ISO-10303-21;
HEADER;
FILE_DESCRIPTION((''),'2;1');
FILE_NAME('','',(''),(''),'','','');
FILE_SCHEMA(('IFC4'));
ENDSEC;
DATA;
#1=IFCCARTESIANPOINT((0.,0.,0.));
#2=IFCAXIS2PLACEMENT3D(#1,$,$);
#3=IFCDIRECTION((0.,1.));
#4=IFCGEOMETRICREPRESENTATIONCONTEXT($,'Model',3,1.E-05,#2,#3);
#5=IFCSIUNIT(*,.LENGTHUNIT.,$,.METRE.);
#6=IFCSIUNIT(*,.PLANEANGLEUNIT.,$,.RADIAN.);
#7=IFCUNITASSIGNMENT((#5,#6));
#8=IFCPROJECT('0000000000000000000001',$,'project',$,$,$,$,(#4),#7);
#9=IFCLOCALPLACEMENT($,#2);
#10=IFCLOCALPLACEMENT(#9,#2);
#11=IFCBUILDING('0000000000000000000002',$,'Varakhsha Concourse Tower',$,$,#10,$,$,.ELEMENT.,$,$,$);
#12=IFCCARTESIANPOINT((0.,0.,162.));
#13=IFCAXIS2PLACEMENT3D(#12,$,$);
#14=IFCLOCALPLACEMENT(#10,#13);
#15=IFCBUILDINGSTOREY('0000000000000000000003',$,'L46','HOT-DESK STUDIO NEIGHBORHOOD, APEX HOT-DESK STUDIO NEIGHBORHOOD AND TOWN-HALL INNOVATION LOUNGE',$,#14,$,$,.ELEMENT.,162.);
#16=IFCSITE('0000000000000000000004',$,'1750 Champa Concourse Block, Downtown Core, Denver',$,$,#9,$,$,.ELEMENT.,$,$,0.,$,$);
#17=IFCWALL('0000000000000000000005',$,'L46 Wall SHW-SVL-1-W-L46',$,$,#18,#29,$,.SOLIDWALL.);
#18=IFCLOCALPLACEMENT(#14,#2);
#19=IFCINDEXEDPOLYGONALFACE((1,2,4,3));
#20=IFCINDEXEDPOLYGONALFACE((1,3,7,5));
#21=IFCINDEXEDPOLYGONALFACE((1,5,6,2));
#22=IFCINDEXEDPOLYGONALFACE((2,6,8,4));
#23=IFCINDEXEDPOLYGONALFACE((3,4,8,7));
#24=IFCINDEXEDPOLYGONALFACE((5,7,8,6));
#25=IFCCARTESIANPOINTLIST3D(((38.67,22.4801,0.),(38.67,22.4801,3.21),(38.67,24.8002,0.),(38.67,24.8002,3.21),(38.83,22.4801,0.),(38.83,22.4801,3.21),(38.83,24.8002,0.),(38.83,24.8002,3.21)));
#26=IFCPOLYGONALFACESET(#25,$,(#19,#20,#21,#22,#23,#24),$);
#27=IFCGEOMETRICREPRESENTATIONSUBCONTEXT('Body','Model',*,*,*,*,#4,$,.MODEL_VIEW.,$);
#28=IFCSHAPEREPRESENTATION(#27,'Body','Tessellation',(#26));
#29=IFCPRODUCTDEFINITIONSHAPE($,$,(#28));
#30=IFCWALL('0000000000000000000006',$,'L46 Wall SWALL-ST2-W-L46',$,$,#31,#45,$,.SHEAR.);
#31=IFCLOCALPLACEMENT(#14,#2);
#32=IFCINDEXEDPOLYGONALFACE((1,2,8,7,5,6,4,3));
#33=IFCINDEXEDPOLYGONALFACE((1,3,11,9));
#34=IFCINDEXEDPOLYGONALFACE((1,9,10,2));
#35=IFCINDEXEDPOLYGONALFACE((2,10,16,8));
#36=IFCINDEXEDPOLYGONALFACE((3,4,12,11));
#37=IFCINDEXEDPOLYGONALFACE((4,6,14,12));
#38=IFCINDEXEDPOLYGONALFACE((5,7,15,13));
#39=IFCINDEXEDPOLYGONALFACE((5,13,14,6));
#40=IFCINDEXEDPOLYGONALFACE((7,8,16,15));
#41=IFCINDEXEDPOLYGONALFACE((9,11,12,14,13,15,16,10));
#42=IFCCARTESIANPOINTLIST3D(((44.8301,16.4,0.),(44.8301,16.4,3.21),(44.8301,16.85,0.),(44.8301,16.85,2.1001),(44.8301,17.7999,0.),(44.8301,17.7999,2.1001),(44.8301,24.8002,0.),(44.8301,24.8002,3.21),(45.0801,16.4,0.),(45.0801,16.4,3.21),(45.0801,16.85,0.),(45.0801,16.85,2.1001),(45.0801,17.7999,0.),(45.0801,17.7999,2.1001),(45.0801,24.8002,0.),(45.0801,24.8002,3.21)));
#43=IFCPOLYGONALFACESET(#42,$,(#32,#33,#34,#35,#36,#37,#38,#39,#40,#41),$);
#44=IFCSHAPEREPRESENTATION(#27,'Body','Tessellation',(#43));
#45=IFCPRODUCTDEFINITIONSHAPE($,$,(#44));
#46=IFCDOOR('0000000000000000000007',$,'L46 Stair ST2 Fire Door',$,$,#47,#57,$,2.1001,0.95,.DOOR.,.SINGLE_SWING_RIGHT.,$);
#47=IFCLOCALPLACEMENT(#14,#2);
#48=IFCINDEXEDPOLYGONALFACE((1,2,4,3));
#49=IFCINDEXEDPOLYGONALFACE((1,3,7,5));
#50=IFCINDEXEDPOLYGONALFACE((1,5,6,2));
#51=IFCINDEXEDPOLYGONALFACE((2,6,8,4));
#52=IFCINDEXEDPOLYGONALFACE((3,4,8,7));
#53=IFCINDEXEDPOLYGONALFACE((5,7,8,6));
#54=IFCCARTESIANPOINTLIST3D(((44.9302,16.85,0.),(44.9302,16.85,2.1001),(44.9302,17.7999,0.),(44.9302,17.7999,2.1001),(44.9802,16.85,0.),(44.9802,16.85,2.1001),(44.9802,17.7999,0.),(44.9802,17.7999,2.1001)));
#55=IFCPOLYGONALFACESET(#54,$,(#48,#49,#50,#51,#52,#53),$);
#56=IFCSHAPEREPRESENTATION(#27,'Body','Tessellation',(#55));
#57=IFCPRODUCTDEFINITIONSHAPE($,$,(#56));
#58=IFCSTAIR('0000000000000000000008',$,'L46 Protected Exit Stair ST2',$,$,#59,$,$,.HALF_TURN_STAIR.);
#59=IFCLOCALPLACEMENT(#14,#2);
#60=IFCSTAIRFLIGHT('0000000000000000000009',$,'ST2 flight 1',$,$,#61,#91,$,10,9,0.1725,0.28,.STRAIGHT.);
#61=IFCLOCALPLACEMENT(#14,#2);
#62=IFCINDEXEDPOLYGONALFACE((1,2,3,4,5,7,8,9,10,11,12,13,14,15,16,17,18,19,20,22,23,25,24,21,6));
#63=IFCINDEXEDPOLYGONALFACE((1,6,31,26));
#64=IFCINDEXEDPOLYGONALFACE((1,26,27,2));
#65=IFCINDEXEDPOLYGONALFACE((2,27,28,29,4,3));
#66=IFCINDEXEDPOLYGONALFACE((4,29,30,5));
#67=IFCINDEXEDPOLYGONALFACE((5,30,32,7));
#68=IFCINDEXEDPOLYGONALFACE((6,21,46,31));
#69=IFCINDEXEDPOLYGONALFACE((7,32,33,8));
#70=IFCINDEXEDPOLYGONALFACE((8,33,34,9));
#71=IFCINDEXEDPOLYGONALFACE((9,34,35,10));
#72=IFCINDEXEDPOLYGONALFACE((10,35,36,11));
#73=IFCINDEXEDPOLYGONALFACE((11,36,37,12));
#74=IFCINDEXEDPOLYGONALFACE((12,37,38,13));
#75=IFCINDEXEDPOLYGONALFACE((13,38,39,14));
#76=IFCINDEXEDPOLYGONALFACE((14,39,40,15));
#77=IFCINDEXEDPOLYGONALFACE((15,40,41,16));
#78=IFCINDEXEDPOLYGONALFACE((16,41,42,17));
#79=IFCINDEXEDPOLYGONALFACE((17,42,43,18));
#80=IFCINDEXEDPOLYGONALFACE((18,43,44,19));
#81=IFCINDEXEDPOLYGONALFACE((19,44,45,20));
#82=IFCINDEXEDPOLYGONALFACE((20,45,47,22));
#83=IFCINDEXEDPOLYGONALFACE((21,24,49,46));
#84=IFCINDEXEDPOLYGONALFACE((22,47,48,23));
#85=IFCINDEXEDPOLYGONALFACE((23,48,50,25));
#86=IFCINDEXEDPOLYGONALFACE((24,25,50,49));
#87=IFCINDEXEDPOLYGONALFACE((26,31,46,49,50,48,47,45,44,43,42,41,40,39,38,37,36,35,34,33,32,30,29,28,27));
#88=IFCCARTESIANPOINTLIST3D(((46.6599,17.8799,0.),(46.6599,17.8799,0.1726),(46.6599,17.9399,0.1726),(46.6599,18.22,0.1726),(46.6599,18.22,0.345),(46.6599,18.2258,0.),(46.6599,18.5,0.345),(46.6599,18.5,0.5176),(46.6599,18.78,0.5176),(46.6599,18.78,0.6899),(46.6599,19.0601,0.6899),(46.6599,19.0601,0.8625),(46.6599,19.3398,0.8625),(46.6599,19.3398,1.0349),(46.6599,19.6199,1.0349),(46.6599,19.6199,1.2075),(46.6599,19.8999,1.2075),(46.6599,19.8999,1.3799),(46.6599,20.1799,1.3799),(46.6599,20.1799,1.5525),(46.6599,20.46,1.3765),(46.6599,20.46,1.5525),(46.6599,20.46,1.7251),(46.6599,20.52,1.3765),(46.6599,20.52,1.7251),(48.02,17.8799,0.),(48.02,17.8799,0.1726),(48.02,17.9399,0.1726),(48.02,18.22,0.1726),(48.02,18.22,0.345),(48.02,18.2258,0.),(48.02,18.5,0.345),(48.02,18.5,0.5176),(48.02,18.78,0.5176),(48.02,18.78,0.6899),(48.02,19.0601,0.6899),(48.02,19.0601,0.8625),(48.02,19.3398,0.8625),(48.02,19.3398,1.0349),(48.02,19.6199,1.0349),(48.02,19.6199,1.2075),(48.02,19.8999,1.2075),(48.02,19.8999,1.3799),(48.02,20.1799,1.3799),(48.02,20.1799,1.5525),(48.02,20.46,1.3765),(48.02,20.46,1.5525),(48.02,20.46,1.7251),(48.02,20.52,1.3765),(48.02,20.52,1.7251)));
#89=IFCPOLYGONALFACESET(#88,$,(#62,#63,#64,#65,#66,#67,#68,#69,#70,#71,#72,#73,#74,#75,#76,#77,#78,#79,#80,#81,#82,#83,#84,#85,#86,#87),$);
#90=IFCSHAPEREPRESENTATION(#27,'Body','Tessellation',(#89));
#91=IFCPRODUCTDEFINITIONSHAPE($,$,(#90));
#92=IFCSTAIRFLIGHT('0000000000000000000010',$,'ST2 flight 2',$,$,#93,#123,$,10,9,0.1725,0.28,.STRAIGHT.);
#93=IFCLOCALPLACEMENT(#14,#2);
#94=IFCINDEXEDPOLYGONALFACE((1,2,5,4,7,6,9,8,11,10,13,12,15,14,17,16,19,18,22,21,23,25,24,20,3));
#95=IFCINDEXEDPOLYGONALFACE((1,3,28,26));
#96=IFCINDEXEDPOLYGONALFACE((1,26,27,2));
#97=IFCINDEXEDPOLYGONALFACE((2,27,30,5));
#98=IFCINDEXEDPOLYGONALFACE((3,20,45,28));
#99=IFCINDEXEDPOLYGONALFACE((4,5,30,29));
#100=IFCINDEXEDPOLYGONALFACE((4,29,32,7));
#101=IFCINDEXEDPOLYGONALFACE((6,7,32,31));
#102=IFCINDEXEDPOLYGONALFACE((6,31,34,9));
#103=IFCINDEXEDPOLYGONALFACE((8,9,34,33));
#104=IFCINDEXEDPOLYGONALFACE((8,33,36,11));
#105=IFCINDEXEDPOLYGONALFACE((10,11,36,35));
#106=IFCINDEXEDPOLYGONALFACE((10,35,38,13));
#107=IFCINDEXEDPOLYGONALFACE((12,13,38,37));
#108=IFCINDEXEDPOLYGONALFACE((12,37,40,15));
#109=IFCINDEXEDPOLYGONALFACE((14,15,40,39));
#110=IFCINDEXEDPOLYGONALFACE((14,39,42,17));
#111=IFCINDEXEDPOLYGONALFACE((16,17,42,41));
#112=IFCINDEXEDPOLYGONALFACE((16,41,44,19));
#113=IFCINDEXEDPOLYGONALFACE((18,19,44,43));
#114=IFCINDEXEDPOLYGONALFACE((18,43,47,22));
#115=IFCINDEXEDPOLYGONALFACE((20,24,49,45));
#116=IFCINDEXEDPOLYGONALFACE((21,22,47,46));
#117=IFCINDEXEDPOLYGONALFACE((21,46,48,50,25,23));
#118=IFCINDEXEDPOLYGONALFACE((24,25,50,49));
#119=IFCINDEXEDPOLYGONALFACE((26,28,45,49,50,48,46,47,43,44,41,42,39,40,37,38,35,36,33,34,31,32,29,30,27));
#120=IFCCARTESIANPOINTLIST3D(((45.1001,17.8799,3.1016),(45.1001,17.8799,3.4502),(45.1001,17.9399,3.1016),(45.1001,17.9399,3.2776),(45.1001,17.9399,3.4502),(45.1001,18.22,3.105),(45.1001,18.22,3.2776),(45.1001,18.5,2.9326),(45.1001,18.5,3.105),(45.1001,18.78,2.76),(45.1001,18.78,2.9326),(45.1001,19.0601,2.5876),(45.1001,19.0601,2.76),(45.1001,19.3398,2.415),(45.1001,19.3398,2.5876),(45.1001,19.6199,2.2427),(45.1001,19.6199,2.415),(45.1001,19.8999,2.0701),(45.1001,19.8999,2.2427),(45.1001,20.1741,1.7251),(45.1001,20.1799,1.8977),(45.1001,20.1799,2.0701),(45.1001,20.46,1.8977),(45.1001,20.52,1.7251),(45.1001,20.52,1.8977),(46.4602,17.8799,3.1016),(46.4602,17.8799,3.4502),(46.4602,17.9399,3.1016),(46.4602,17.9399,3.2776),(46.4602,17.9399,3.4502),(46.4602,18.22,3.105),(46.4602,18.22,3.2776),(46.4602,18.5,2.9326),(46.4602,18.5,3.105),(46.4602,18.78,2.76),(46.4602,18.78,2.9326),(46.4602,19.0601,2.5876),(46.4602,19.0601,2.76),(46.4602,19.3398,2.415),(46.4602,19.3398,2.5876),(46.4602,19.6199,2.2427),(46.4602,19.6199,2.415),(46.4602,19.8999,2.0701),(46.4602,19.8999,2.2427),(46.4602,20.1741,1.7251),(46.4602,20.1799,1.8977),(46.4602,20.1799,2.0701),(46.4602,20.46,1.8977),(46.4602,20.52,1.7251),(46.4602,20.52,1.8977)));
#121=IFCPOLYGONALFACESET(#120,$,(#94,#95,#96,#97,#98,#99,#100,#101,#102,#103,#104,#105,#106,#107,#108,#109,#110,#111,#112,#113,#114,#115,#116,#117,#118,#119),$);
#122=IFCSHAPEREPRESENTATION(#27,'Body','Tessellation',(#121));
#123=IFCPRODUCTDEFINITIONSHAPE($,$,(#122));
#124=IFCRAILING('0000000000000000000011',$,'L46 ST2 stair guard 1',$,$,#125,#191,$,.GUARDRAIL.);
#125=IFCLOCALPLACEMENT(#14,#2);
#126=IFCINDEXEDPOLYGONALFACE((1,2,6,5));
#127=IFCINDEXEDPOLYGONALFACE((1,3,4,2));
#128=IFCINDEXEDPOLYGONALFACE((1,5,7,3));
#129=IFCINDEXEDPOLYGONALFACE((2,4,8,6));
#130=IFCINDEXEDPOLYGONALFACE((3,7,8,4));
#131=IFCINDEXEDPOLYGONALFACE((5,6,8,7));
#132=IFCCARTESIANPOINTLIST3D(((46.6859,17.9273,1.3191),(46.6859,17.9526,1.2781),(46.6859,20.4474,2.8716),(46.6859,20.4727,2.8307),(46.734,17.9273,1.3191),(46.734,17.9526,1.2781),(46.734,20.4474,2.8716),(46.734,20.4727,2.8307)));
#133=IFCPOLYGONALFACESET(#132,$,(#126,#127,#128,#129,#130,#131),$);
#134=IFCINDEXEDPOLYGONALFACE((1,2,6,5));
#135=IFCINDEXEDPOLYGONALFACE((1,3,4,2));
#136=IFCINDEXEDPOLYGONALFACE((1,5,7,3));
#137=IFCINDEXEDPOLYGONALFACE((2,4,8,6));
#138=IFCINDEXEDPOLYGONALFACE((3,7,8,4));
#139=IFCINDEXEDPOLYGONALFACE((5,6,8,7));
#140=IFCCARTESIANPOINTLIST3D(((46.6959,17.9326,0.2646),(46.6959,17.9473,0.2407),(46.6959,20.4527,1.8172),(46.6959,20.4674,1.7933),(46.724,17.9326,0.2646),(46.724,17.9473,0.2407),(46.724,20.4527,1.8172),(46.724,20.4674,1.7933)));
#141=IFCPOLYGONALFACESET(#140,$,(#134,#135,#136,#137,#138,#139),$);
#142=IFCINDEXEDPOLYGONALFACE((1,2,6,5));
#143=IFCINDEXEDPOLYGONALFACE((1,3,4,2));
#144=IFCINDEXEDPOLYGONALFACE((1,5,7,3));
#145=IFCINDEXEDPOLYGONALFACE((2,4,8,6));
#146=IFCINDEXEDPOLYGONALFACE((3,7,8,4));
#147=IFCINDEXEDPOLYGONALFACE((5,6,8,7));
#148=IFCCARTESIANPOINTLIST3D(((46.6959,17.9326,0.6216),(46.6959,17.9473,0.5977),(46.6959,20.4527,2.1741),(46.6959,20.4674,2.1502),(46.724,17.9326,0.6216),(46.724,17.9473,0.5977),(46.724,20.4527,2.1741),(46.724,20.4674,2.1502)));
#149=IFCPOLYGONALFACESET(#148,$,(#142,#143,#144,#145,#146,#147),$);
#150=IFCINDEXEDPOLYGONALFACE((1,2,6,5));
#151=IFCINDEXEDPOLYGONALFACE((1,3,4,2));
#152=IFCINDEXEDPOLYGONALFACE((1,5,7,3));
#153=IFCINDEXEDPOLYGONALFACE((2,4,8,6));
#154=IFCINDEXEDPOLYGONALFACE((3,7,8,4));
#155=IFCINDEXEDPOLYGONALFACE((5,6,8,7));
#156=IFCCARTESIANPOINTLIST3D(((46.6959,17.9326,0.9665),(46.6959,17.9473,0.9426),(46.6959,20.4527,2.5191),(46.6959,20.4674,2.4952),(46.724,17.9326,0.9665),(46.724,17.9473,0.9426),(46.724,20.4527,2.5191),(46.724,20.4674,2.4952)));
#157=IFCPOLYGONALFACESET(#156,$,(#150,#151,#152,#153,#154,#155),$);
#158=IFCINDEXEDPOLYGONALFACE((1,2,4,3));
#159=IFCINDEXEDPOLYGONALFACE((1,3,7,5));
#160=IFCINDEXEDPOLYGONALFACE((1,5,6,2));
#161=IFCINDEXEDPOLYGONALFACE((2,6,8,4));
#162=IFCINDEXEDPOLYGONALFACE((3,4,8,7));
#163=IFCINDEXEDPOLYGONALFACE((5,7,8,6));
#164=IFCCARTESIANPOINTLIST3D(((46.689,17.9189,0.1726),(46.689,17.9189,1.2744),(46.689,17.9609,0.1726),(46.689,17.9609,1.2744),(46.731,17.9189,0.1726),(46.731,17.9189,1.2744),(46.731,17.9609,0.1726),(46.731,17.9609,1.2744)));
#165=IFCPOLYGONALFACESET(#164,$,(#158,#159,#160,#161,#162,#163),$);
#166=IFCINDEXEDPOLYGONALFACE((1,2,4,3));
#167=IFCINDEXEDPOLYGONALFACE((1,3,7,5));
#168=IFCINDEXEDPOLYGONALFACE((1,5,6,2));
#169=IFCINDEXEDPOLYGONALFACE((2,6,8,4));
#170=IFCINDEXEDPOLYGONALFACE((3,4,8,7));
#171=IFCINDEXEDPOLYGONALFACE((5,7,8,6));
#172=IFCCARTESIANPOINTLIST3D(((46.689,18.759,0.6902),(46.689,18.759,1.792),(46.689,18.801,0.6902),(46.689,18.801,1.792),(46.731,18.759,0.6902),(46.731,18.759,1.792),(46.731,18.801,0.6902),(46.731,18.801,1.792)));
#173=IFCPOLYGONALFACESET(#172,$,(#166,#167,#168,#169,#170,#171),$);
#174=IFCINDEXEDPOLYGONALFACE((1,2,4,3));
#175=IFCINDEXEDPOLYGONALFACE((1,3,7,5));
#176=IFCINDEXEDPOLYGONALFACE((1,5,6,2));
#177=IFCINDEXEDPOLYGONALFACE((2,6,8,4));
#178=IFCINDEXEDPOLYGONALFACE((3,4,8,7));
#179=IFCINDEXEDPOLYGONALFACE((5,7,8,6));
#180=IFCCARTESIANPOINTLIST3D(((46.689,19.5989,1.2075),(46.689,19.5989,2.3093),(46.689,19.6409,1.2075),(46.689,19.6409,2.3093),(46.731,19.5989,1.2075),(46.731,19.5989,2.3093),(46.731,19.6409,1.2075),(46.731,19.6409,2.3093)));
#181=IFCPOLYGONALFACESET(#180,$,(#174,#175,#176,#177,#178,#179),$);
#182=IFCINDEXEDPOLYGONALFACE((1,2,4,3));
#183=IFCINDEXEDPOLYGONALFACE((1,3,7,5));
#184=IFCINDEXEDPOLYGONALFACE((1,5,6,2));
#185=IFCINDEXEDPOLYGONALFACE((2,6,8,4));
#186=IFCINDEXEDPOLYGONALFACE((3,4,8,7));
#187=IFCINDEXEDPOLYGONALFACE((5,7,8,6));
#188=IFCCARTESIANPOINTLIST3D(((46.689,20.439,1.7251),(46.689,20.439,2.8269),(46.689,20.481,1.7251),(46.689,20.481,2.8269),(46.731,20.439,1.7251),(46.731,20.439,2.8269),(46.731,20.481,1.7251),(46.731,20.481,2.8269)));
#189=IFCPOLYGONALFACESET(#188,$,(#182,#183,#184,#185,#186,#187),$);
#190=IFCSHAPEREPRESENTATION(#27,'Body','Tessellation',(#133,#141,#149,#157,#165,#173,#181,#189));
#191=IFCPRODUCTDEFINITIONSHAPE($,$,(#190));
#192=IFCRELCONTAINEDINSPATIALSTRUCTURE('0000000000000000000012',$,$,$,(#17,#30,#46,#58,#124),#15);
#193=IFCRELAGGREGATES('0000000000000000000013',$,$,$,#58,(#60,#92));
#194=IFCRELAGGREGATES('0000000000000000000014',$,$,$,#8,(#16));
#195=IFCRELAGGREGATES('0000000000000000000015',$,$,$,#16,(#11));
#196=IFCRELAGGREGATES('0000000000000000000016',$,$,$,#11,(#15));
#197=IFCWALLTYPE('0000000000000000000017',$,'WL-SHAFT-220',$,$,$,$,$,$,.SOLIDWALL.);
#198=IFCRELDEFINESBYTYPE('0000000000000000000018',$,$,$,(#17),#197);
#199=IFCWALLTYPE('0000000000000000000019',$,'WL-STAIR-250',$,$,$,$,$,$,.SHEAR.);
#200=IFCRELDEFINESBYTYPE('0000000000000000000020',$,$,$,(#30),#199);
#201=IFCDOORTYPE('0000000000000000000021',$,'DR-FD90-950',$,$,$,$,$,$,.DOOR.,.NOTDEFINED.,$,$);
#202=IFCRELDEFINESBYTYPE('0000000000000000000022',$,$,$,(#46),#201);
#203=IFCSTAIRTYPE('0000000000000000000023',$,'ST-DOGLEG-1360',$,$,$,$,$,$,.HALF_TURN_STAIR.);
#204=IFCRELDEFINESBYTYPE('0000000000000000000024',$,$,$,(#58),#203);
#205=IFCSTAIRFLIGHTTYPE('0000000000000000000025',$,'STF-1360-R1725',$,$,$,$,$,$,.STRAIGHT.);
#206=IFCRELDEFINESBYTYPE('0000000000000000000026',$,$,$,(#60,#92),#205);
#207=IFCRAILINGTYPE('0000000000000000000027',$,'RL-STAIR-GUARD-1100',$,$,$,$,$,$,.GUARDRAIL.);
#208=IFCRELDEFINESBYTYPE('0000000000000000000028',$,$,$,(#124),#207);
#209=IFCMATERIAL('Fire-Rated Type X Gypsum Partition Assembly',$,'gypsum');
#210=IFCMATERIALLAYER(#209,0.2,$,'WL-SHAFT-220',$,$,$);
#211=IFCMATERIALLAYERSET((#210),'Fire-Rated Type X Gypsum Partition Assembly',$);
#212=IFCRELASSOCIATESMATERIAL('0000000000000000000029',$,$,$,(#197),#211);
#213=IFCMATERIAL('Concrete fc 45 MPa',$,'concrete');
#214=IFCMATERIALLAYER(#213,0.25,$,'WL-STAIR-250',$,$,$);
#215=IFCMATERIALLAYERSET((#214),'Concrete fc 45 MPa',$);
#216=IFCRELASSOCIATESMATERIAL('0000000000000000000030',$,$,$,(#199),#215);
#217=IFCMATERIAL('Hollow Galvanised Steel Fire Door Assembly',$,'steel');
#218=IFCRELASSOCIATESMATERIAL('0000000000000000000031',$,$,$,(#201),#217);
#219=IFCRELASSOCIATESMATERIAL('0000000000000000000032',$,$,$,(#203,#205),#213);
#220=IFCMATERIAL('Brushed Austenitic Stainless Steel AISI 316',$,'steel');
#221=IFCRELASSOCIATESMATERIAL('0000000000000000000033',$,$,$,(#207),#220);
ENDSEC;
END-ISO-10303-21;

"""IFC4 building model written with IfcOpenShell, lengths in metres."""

from ifc_helpers import new_model, si_unit, direction, frame, frame_2d, origin, origin_2d, place, context, subcontext, project, spatial, polyline, rectangle, outline, extrude, material, layer, layer_set, type_object, element, fill, aggregate, save


model = new_model("IFC4")

# Units and contexts
model_context = context("Model", 3, precision=1e-05, world=origin(), true_north=direction((0.0, 1.0)))
body_context = subcontext(model_context, "Body", "Model", "MODEL_VIEW")
ifc_project = project(units=[si_unit("LENGTHUNIT", "METRE"), si_unit("PLANEANGLEUNIT", "RADIAN")], contexts=[model_context])

# Site, building, storey
site_placement = place(None, origin())
site = spatial("IfcSite", under=ifc_project, at=site_placement, Name="1750 Champa Concourse Block, Downtown Core, Denver", CompositionType="ELEMENT", RefElevation=0.0)
building_placement = place(site_placement, origin())
building = spatial("IfcBuilding", under=site, at=building_placement, Name="Varakhsha Concourse Tower", CompositionType="ELEMENT")
storey_placement = place(building_placement, frame((0.0, 0.0, 162.0)))
storey = spatial("IfcBuildingStorey", under=building, at=storey_placement, Name="L46", Description="HOT-DESK STUDIO NEIGHBORHOOD, APEX HOT-DESK STUDIO NEIGHBORHOOD AND TOWN-HALL INNOVATION LOUNGE", CompositionType="ELEMENT", Elevation=162.0)

# Shared definitions
ifc_material_1 = material(Name="Fire-Rated Type X Gypsum Partition Assembly", Category="gypsum")
ifc_material_2 = material(Name="Hollow Galvanised Steel Fire Door Assembly", Category="steel")

# Wall
ifc_layer_1 = layer(ifc_material_1, 0.2, Name="WL-SHAFT-220")
ifc_layer_set_1 = layer_set([ifc_layer_1], Name="Fire-Rated Type X Gypsum Partition Assembly")
wall_type_1 = type_object("IfcWallType", Name="WL-SHAFT-220", PredefinedType="SOLIDWALL", material=ifc_layer_set_1)
wall_1_placement = place(storey_placement, frame((38.75, 22.48, 0.0), z_axis=(0.0, 0.0, 1.0), x_axis=(0.0, 1.0, 0.0)))
element("IfcWall", 1, at=wall_1_placement, inside=storey, type_object=wall_type_1, Name="L46 Wall SHW-SVL-1-W-L46", PredefinedType="SOLIDWALL", context=body_context, shape_type="SweptSolid", body=[
    extrude(rectangle(XDim=2.3201, YDim=0.1599, at=frame_2d((1.1602, 0.0))), origin(), (0.0, 0.0, 1.0), 3.21),
])

# Wall, opening, door
ifc_material_3 = material(Name="Concrete fc 45 MPa", Category="concrete")
ifc_layer_2 = layer(ifc_material_3, 0.25, Name="WL-STAIR-250")
ifc_layer_set_2 = layer_set([ifc_layer_2], Name="Concrete fc 45 MPa")
wall_type_2 = type_object("IfcWallType", Name="WL-STAIR-250", PredefinedType="SHEAR", material=ifc_layer_set_2)
wall_2_placement = place(storey_placement, frame((44.9551, 16.3999, 0.0), z_axis=(0.0, 0.0, 1.0), x_axis=(0.0, 1.0, 0.0)))
wall_2 = element("IfcWall", 2, at=wall_2_placement, inside=storey, type_object=wall_type_2, Name="L46 Wall SWALL-ST2-W-L46", PredefinedType="SHEAR", context=body_context, shape_type="SweptSolid", body=[
    extrude(rectangle(XDim=8.4001, YDim=0.25, at=frame_2d((4.2002, 0.0))), origin(), (0.0, 0.0, 1.0), 3.21),
])
opening_1_placement = place(wall_2_placement, frame((0.45, 0.0, 0.0)))
opening_1 = element("IfcOpeningElement", 3, at=opening_1_placement, cuts=wall_2, PredefinedType="OPENING", context=body_context, shape_type="SweptSolid", body=[
    extrude(rectangle(XDim=0.95, YDim=2.1001, at=frame_2d((0.4751, 1.05))), frame((0.0, 0.135, 0.0), z_axis=(0.0, -1.0, 0.0), x_axis=(1.0, 0.0, 0.0)), (0.0, 0.0, 1.0), 0.27),
])
door_type_1 = type_object("IfcDoorType", Name="DR-FD90-950", OperationType="NOTDEFINED", PredefinedType="DOOR", material=ifc_material_2)
door_1_placement = place(opening_1_placement, origin())
door_1 = element("IfcDoor", 4, at=door_1_placement, inside=storey, type_object=door_type_1, Name="L46 Stair ST2 Fire Door", OperationType="SINGLE_SWING_RIGHT", OverallHeight=2.1001, OverallWidth=0.95, PredefinedType="DOOR", context=body_context, shape_type="SweptSolid", body=[
    extrude(rectangle(XDim=0.95, YDim=2.1001, at=frame_2d((0.4751, 1.05))), frame((0.0, 0.0249, 0.0), z_axis=(0.0, -1.0, 0.0), x_axis=(1.0, 0.0, 0.0)), (0.0, 0.0, 1.0), 0.05),
])
fill(opening_1, door_1)

# Stair, stair flights
stair_type = type_object("IfcStairType", Name="ST-DOGLEG-1360", PredefinedType="HALF_TURN_STAIR", material=ifc_material_3)
stair_placement = place(storey_placement, origin())
stair = element("IfcStair", 5, at=stair_placement, inside=storey, type_object=stair_type, Name="L46 Protected Exit Stair ST2", PredefinedType="HALF_TURN_STAIR")
stair_flight_type = type_object("IfcStairFlightType", Name="STF-1360-R1725", PredefinedType="STRAIGHT", material=ifc_material_3)
stair_flight_1_placement = place(storey_placement, frame((47.3401, 17.9399, 0.0), z_axis=(0.0, 0.0, 1.0), x_axis=(0.0, 1.0, 0.0)))
stair_flight_1 = element("IfcStairFlight", 6, at=stair_flight_1_placement, type_object=stair_flight_type, Name="ST2 flight 1", NumberOfRisers=10, NumberOfTreads=9, PredefinedType="STRAIGHT", RiserHeight=0.1725, TreadLength=0.28, context=body_context, shape_type="SweptSolid", body=[
    extrude(outline(polyline([(-0.0601, 0.0), (-0.0601, 0.1726), (0.0, 0.1726), (0.28, 0.1726), (0.28, 0.345), (0.5601, 0.345), (0.5601, 0.5176), (0.8401, 0.5176), (0.8401, 0.6899), (1.1201, 0.6899), (1.1201, 0.8625), (1.3999, 0.8625), (1.3999, 1.0349), (1.6799, 1.0349), (1.6799, 1.2075), (1.96, 1.2075), (1.96, 1.3799), (2.24, 1.3799), (2.24, 1.5525), (2.52, 1.5525), (2.52, 1.7251), (2.5801, 1.7251), (2.5801, 1.3765), (2.52, 1.3765), (0.2859, 0.0), (-0.0601, 0.0)])), frame((0.0, 0.6802, 0.0), z_axis=(0.0, -1.0, 0.0), x_axis=(1.0, 0.0, 0.0)), (0.0, 0.0, 1.0), 1.3601),
])
stair_flight_2_placement = place(storey_placement, frame((45.78, 20.46, 1.7251), z_axis=(0.0, 0.0, 1.0), x_axis=(0.0, -1.0, 0.0)))
stair_flight_2 = element("IfcStairFlight", 7, at=stair_flight_2_placement, type_object=stair_flight_type, Name="ST2 flight 2", NumberOfRisers=10, NumberOfTreads=9, PredefinedType="STRAIGHT", RiserHeight=0.1725, TreadLength=0.28, context=body_context, shape_type="SweptSolid", body=[
    extrude(outline(polyline([(-0.0601, 0.0), (-0.0601, 0.1726), (0.0, 0.1726), (0.28, 0.1726), (0.28, 0.345), (0.5601, 0.345), (0.5601, 0.5176), (0.8401, 0.5176), (0.8401, 0.6899), (1.1201, 0.6899), (1.1201, 0.8625), (1.3999, 0.8625), (1.3999, 1.0349), (1.6799, 1.0349), (1.6799, 1.2075), (1.96, 1.2075), (1.96, 1.3799), (2.24, 1.3799), (2.24, 1.5525), (2.52, 1.5525), (2.52, 1.7251), (2.5801, 1.7251), (2.5801, 1.3765), (2.52, 1.3765), (0.2859, 0.0), (-0.0601, 0.0)])), frame((0.0, 0.6802, 0.0), z_axis=(0.0, -1.0, 0.0), x_axis=(1.0, 0.0, 0.0)), (0.0, 0.0, 1.0), 1.3601),
])
aggregate(stair, [stair_flight_1, stair_flight_2])

# Railing
ifc_material_4 = material(Name="Brushed Austenitic Stainless Steel AISI 316", Category="steel")
railing_type_1 = type_object("IfcRailingType", Name="RL-STAIR-GUARD-1100", PredefinedType="GUARDRAIL", material=ifc_material_4)
railing_1_placement = place(storey_placement, frame((46.71, 17.9399, 0.1726)))
element("IfcRailing", 8, at=railing_1_placement, inside=storey, type_object=railing_type_1, Name="L46 ST2 stair guard 1", PredefinedType="GUARDRAIL", context=body_context, shape_type="SweptSolid", body=[
    extrude(rectangle(XDim=0.0481, YDim=0.0481, at=origin_2d()), frame((0.0, 0.0, 1.126), z_axis=(0.0, 0.8514, 0.524516), x_axis=(-1.0, 0.0, 0.0)), (0.0, 0.0, 1.0), 2.96),
    extrude(rectangle(XDim=0.0281, YDim=0.0281, at=origin_2d()), frame((0.0, 0.0, 0.0801), z_axis=(0.0, 0.8514, 0.524516), x_axis=(-1.0, 0.0, 0.0)), (0.0, 0.0, 1.0), 2.96),
    extrude(rectangle(XDim=0.0281, YDim=0.0281, at=origin_2d()), frame((0.0, 0.0, 0.437), z_axis=(0.0, 0.8514, 0.524516), x_axis=(-1.0, 0.0, 0.0)), (0.0, 0.0, 1.0), 2.96),
    extrude(rectangle(XDim=0.0281, YDim=0.0281, at=origin_2d()), frame((0.0, 0.0, 0.782), z_axis=(0.0, 0.8514, 0.524516), x_axis=(-1.0, 0.0, 0.0)), (0.0, 0.0, 1.0), 2.96),
    extrude(rectangle(XDim=0.042, YDim=0.042, at=origin_2d()), origin(), (0.0, 0.0, 1.0), 1.1018),
    extrude(rectangle(XDim=0.042, YDim=0.042, at=origin_2d()), frame((0.0, 0.8401, 0.5176)), (0.0, 0.0, 1.0), 1.1018),
    extrude(rectangle(XDim=0.042, YDim=0.042, at=origin_2d()), frame((0.0, 1.6799, 1.0349)), (0.0, 0.0, 1.0), 1.1018),
    extrude(rectangle(XDim=0.042, YDim=0.042, at=origin_2d()), frame((0.0, 2.52, 1.5525)), (0.0, 0.0, 1.0), 1.1018),
])

save(model, "model.ifc")
